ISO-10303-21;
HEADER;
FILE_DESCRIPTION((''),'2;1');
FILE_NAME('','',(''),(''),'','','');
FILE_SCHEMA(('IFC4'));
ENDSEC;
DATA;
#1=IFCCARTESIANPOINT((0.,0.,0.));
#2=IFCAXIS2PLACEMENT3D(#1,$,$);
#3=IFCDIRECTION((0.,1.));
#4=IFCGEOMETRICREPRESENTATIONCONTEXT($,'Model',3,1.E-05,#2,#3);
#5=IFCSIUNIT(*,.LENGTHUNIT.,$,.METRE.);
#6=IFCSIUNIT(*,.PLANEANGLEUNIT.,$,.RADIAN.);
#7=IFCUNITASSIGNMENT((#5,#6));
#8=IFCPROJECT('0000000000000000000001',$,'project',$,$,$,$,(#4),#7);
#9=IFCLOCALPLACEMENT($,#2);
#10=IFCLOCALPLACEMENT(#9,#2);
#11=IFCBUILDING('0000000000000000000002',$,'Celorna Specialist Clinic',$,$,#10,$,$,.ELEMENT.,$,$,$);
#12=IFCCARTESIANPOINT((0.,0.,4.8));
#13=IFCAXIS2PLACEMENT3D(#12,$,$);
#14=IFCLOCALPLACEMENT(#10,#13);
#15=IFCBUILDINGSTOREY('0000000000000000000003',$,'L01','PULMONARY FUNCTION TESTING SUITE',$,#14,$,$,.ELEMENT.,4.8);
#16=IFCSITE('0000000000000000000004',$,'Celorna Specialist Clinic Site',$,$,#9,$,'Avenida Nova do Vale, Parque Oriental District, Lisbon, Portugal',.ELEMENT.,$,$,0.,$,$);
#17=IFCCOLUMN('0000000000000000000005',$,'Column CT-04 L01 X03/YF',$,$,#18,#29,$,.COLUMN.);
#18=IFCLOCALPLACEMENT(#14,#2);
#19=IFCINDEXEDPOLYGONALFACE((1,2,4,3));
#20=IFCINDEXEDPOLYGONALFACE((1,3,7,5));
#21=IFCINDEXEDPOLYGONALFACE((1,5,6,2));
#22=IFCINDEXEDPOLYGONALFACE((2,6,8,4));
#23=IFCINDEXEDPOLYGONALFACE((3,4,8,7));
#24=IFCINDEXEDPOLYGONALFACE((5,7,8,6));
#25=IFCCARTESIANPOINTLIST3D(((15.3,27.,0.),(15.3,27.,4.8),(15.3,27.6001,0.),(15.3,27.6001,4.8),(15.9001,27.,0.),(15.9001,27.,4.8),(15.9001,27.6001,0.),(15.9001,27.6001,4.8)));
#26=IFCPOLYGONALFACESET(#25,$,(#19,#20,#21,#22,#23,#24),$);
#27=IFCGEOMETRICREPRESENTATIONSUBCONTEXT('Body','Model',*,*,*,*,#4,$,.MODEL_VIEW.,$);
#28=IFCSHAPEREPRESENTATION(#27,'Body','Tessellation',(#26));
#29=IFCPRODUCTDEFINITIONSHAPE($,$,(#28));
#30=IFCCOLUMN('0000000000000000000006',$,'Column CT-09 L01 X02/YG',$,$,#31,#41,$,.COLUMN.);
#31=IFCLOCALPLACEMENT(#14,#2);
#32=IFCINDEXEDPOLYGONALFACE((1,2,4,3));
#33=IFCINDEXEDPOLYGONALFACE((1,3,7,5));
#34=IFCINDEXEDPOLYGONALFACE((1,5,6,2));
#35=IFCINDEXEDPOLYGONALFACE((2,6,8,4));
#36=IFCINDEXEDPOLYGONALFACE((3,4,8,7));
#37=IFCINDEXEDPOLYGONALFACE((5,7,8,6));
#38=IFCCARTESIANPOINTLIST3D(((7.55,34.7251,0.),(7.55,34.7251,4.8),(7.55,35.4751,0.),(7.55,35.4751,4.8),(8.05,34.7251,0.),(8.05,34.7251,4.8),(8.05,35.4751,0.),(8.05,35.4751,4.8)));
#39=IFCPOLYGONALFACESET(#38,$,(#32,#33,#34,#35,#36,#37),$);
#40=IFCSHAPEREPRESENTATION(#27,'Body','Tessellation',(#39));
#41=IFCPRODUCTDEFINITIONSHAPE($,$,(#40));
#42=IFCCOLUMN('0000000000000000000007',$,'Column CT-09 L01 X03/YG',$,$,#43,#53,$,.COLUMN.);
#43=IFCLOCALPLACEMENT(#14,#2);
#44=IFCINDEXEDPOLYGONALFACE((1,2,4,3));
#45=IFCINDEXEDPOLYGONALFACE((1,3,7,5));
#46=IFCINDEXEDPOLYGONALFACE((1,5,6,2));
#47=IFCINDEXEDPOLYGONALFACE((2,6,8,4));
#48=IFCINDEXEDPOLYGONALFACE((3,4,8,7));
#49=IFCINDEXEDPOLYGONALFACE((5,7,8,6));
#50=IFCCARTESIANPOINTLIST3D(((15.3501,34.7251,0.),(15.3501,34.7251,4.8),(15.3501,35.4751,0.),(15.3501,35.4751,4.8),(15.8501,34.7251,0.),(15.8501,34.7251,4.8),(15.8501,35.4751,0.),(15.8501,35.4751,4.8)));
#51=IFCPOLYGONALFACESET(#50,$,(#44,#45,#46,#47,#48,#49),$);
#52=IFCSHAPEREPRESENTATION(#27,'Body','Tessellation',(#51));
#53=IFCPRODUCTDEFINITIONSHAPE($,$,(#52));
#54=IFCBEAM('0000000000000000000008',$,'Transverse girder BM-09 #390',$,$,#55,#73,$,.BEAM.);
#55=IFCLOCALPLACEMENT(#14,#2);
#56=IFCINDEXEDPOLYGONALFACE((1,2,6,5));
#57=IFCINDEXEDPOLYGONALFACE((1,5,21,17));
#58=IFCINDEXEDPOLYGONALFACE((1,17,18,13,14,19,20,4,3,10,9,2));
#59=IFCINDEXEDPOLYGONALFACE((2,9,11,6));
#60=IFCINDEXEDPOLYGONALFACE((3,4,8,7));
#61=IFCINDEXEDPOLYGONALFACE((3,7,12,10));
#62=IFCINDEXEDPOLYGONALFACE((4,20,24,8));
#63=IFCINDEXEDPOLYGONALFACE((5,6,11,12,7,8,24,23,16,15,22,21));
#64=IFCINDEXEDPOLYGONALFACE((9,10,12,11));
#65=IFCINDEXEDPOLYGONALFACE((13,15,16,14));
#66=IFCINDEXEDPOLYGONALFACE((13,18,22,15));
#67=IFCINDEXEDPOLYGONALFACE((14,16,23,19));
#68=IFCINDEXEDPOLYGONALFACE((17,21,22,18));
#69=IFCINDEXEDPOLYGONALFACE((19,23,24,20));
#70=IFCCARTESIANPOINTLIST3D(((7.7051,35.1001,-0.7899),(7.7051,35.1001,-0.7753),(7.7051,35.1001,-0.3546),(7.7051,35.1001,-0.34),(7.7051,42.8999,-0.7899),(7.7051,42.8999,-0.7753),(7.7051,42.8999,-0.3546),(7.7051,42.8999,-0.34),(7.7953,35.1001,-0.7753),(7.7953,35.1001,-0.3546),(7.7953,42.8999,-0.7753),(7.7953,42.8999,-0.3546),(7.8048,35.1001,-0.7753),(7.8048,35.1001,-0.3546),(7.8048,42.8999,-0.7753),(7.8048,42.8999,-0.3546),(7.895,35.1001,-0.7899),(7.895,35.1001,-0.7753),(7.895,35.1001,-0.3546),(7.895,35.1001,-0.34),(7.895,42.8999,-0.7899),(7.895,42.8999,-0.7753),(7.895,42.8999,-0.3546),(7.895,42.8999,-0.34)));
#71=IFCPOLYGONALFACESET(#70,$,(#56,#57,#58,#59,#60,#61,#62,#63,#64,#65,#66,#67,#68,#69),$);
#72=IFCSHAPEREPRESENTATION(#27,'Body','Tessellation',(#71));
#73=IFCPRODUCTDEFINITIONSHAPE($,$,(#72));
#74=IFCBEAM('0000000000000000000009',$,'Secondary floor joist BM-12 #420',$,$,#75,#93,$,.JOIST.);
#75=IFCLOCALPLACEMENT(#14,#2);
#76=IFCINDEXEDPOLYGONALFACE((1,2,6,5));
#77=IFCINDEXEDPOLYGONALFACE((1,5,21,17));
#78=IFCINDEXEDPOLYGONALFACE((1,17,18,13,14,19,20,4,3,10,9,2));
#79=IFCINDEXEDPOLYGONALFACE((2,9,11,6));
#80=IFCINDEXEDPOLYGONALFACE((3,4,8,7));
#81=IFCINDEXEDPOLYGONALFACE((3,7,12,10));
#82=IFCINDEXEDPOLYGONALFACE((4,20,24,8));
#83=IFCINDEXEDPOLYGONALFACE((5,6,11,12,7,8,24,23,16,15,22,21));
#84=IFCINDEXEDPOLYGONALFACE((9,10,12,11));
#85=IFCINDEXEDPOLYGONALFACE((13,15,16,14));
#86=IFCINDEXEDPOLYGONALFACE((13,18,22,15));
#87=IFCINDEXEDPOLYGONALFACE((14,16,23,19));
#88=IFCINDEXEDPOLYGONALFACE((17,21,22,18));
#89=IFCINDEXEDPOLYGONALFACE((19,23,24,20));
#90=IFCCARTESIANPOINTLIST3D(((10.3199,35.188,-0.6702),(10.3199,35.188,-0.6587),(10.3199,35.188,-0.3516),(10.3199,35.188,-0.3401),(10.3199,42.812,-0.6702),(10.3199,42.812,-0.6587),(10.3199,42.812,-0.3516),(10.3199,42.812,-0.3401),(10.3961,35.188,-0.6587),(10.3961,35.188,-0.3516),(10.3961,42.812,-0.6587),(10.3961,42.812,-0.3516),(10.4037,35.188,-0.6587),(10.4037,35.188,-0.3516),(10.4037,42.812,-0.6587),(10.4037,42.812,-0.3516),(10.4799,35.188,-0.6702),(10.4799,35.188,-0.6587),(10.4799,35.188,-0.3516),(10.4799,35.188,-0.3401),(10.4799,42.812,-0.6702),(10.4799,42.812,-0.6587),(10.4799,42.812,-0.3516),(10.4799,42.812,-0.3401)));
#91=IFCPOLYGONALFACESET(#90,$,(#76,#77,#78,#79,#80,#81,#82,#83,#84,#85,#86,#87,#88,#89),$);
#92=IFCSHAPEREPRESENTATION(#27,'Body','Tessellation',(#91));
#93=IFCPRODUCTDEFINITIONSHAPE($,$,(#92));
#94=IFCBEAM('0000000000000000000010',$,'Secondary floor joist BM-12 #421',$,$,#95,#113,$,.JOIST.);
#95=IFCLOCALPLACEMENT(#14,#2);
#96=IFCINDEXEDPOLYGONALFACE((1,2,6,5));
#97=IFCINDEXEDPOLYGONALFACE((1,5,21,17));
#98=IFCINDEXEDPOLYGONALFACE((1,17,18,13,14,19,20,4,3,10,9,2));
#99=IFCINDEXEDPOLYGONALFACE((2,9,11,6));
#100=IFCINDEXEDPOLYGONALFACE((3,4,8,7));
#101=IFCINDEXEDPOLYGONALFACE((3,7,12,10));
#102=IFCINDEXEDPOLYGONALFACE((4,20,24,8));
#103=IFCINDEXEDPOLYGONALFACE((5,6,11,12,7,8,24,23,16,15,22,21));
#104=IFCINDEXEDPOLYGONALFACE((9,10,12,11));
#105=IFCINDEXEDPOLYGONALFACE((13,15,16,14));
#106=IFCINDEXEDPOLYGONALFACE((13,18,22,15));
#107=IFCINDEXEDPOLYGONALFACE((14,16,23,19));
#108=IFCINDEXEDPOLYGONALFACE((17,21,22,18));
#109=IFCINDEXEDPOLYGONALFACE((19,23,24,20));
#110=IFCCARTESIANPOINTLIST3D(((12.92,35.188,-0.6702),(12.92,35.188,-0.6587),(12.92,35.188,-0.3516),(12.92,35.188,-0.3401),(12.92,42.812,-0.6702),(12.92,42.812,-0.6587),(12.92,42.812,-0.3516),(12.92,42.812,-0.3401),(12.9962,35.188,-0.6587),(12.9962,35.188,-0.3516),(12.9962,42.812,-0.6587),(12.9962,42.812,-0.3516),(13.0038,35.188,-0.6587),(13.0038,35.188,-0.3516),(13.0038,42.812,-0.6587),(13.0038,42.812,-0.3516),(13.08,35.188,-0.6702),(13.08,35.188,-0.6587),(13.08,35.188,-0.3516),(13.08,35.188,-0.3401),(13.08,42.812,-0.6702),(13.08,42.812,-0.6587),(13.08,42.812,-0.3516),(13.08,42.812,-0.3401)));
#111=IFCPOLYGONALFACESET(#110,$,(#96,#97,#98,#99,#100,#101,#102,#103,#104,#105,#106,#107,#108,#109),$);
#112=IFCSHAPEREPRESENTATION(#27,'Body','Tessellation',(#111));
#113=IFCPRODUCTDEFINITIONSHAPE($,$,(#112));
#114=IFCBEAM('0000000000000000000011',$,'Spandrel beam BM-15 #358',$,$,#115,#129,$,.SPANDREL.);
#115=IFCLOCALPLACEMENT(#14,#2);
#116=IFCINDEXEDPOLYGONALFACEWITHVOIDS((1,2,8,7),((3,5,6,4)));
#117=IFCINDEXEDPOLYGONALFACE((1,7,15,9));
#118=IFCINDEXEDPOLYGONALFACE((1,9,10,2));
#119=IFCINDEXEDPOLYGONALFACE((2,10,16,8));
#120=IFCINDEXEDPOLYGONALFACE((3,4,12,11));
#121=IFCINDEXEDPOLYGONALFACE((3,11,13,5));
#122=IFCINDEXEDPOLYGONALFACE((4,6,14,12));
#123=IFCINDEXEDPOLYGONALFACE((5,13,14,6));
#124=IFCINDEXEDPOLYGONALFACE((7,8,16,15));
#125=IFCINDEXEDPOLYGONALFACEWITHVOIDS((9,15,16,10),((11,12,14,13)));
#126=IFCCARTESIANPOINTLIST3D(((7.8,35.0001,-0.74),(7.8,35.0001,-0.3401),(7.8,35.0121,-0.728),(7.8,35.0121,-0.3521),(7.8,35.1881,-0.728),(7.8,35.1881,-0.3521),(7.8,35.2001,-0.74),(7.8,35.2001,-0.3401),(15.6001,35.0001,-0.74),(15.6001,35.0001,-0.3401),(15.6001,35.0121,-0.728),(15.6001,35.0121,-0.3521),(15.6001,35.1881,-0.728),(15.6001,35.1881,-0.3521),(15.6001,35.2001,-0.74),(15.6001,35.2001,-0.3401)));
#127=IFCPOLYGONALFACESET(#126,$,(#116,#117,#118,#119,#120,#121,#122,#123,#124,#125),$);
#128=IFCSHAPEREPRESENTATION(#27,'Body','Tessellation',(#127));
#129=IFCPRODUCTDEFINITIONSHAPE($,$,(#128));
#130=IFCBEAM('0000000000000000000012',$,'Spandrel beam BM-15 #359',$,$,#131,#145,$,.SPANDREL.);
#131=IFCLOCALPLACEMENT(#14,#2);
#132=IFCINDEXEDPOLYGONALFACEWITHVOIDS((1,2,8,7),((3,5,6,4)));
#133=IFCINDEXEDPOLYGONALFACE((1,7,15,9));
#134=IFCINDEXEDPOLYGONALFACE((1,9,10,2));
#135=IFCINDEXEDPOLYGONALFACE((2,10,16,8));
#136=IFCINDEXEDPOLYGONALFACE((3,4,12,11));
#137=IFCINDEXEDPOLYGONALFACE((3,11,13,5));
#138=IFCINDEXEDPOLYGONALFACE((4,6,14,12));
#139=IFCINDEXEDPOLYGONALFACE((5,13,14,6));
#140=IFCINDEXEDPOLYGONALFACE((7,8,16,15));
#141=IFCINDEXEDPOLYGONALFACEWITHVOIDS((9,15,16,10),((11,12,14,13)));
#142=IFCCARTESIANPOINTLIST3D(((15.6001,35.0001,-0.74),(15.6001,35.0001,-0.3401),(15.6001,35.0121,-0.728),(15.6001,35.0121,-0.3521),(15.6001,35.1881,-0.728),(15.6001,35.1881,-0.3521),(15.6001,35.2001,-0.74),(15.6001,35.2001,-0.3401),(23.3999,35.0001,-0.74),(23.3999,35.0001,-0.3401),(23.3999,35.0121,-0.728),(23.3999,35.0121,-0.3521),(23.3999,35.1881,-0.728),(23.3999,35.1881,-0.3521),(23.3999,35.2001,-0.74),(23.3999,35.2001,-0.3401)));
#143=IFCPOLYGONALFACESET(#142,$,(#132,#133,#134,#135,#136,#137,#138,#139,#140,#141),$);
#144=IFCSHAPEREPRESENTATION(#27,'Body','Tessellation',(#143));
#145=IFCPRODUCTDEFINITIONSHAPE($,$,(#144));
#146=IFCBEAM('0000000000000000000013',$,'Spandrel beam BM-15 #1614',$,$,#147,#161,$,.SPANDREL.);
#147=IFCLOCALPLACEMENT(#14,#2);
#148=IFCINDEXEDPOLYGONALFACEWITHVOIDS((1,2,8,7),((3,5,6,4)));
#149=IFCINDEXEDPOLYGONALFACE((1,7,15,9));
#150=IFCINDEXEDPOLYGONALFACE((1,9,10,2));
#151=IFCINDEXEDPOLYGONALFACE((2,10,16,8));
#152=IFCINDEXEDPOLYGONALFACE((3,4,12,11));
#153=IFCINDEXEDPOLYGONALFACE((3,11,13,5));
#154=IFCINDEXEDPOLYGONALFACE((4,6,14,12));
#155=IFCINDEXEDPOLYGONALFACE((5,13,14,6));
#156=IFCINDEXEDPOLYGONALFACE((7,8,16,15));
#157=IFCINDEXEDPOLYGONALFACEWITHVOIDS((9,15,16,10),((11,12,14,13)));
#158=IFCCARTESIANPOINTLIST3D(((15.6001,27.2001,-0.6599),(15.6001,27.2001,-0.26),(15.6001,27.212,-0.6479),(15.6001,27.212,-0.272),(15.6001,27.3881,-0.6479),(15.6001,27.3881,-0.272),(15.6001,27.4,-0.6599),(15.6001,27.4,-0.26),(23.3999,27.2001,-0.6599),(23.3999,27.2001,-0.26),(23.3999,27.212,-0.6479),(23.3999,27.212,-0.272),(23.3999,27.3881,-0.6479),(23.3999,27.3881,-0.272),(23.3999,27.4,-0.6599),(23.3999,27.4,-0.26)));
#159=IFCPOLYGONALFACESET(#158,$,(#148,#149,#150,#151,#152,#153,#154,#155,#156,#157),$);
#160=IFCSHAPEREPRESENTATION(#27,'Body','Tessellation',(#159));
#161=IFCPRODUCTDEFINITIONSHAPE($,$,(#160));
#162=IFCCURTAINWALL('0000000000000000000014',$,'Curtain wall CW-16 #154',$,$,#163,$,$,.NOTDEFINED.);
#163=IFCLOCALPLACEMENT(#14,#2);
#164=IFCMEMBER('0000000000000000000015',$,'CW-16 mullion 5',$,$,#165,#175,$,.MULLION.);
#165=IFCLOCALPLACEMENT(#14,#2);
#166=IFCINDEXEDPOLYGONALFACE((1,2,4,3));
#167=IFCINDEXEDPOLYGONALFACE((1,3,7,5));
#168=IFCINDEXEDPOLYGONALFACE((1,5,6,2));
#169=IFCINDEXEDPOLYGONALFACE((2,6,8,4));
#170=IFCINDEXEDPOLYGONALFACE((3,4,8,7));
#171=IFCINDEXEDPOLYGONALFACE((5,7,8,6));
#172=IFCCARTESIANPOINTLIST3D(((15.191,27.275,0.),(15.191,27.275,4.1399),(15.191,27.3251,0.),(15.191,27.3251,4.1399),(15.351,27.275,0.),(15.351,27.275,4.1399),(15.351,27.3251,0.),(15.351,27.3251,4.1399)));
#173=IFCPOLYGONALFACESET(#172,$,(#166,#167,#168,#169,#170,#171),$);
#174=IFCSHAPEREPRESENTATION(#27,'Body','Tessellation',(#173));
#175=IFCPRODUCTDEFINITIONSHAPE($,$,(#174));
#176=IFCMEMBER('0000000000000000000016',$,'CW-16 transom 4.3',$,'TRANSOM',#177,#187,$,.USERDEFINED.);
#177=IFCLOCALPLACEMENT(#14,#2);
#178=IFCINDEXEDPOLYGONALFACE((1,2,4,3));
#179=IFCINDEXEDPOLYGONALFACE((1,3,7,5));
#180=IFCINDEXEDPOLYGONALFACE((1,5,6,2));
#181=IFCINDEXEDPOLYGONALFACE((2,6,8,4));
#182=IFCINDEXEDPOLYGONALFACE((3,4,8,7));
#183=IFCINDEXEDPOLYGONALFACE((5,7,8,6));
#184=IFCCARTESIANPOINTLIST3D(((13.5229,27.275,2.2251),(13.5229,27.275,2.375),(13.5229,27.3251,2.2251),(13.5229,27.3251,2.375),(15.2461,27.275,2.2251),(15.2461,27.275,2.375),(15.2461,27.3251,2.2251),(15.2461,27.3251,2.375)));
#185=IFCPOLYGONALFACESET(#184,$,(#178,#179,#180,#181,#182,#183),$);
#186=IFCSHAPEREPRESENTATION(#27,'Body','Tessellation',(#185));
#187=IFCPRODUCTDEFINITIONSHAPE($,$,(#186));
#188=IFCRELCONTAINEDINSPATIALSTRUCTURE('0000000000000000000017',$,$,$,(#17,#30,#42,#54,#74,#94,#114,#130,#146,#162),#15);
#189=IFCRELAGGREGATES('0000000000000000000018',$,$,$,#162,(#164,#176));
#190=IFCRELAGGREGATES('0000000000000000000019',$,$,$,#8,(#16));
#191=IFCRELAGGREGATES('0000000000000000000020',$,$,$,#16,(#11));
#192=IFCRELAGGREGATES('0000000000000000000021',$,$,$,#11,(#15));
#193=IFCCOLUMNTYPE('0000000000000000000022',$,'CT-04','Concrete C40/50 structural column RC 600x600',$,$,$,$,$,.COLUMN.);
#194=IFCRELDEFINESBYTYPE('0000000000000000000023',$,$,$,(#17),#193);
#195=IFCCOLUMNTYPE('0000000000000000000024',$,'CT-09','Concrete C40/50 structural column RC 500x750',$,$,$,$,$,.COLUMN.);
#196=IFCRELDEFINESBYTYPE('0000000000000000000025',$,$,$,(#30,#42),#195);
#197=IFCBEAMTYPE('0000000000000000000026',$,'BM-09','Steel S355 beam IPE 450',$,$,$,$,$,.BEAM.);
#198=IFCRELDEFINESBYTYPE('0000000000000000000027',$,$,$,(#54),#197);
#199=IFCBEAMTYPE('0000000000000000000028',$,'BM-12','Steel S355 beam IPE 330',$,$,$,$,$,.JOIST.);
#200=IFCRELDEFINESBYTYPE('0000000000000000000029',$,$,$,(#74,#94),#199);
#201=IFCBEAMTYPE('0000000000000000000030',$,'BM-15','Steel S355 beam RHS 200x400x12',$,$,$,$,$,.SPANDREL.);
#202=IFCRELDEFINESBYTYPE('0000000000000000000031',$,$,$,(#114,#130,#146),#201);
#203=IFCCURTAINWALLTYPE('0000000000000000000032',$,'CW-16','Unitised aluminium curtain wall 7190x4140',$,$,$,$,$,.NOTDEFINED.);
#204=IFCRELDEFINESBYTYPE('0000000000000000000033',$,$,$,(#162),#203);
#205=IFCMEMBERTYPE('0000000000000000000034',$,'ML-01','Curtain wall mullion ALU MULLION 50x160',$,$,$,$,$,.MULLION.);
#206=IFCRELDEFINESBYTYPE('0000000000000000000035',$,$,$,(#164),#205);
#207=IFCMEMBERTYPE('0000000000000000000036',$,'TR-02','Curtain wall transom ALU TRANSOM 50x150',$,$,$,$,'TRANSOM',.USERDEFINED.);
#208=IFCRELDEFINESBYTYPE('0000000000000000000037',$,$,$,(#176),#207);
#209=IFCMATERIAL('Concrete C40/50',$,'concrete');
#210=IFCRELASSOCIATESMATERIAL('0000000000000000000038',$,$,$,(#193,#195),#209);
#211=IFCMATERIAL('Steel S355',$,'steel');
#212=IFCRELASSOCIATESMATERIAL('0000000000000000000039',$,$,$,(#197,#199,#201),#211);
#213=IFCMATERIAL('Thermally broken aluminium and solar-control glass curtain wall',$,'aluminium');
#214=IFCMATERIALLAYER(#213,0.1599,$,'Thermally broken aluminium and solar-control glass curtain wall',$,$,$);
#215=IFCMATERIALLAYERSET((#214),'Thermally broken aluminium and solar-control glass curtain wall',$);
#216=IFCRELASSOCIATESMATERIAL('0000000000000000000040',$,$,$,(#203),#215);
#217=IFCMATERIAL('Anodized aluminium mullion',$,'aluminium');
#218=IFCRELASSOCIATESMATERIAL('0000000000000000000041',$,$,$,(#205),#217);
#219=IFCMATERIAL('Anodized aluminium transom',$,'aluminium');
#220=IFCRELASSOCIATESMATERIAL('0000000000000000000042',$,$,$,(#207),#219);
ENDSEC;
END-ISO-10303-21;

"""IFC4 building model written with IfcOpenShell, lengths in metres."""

from ifc_helpers import new_model, si_unit, direction, frame, origin, origin_2d, place, context, subcontext, project, spatial, rectangle, hollow_rectangle, i_section, extrude, material, layer, layer_set, material_profile, profile_set, type_object, element, aggregate, save


model = new_model("IFC4")

# Units and contexts
model_context = context("Model", 3, precision=1e-05, world=origin(), true_north=direction((0.0, 1.0)))
body_context = subcontext(model_context, "Body", "Model", "MODEL_VIEW")
ifc_project = project(units=[si_unit("LENGTHUNIT", "METRE"), si_unit("PLANEANGLEUNIT", "RADIAN")], contexts=[model_context])

# Site, building, storey
site_placement = place(None, origin())
site = spatial("IfcSite", under=ifc_project, at=site_placement, Name="Celorna Specialist Clinic Site", LongName="Avenida Nova do Vale, Parque Oriental District, Lisbon, Portugal", CompositionType="ELEMENT", RefElevation=0.0)
building_placement = place(site_placement, origin())
building = spatial("IfcBuilding", under=site, at=building_placement, Name="Celorna Specialist Clinic", CompositionType="ELEMENT")
storey_placement = place(building_placement, frame((0.0, 0.0, 4.8)))
storey = spatial("IfcBuildingStorey", under=building, at=storey_placement, Name="L01", Description="PULMONARY FUNCTION TESTING SUITE", CompositionType="ELEMENT", Elevation=4.8)

# Columns
ifc_material_1 = material(Name="Concrete C40/50", Category="concrete")
ifc_material_profile_1 = material_profile(ifc_material_1, rectangle(XDim=0.6001, YDim=0.6001, at=origin_2d()), Name="RC 600x600")
ifc_profile_set_1 = profile_set([ifc_material_profile_1], Name="Concrete C40/50")
column_type_1 = type_object("IfcColumnType", Name="CT-04", Description="Concrete C40/50 structural column RC 600x600", PredefinedType="COLUMN", material=ifc_profile_set_1)
column_placement = place(storey_placement, frame((15.6001, 27.3, 0.0), z_axis=(0.0, 0.0, 1.0), x_axis=(1.0, 0.0, 0.0)))
element("IfcColumn", 1, at=column_placement, inside=storey, type_object=column_type_1, Name="Column CT-04 L01 X03/YF", PredefinedType="COLUMN", context=body_context, shape_type="SweptSolid", body=[
    extrude(rectangle(XDim=0.6001, YDim=0.6001, at=origin_2d()), origin(), (0.0, 0.0, 1.0), 4.8),
])
ifc_material_profile_2 = material_profile(ifc_material_1, rectangle(XDim=0.5, YDim=0.75, at=origin_2d()), Name="RC 500x750")
ifc_profile_set_2 = profile_set([ifc_material_profile_2], Name="Concrete C40/50")
column_type_2 = type_object("IfcColumnType", Name="CT-09", Description="Concrete C40/50 structural column RC 500x750", PredefinedType="COLUMN", material=ifc_profile_set_2)
for number, where, z_axis, x_axis, name in (
    (2, (7.8, 35.1001, 0.0), (0.0, 0.0, 1.0), (1.0, 0.0, 0.0), "Column CT-09 L01 X02/YG"),
    (3, (15.6001, 35.1001, 0.0), (0.0, 0.0, 1.0), (1.0, 0.0, 0.0), "Column CT-09 L01 X03/YG"),
):
    element("IfcColumn", number, at=place(storey_placement, frame(where, z_axis=z_axis, x_axis=x_axis)), inside=storey, type_object=column_type_2, Name=name, PredefinedType="COLUMN", context=body_context, shape_type="SweptSolid", body=[
        extrude(rectangle(XDim=0.5, YDim=0.75, at=origin_2d()), origin(), (0.0, 0.0, 1.0), 4.8),
    ])

# Beams
ifc_material_2 = material(Name="Steel S355", Category="steel")
ifc_material_profile_3 = material_profile(ifc_material_2, i_section(OverallWidth=0.1899, OverallDepth=0.45, WebThickness=0.0095, FlangeThickness=0.0146, at=origin_2d()), Name="IPE 450")
ifc_profile_set_3 = profile_set([ifc_material_profile_3], Name="Steel S355")
beam_type_1 = type_object("IfcBeamType", Name="BM-09", Description="Steel S355 beam IPE 450", PredefinedType="BEAM", material=ifc_profile_set_3)
beam_1_placement = place(storey_placement, frame((7.8, 35.1001, -0.5649), z_axis=(0.0, 1.0, 0.0), x_axis=(-1.0, 0.0, 0.0)))
element("IfcBeam", 4, at=beam_1_placement, inside=storey, type_object=beam_type_1, Name="Transverse girder BM-09 #390", PredefinedType="BEAM", context=body_context, shape_type="SweptSolid", body=[
    extrude(i_section(OverallWidth=0.1899, OverallDepth=0.45, WebThickness=0.0095, FlangeThickness=0.0146, at=origin_2d()), origin(), (0.0, 0.0, 1.0), 7.7998),
])
ifc_material_profile_4 = material_profile(ifc_material_2, i_section(OverallWidth=0.1599, OverallDepth=0.3301, WebThickness=0.0076, FlangeThickness=0.0115, at=origin_2d()), Name="IPE 330")
ifc_profile_set_4 = profile_set([ifc_material_profile_4], Name="Steel S355")
beam_type_2 = type_object("IfcBeamType", Name="BM-12", Description="Steel S355 beam IPE 330", PredefinedType="JOIST", material=ifc_profile_set_4)
for number, where, z_axis, x_axis, name in (
    (5, (10.3999, 35.188, -0.5051), (0.0, 1.0, 0.0), (-1.0, 0.0, 0.0), "Secondary floor joist BM-12 #420"),
    (6, (13.0, 35.188, -0.5051), (0.0, 1.0, 0.0), (-1.0, 0.0, 0.0), "Secondary floor joist BM-12 #421"),
):
    element("IfcBeam", number, at=place(storey_placement, frame(where, z_axis=z_axis, x_axis=x_axis)), inside=storey, type_object=beam_type_2, Name=name, PredefinedType="JOIST", context=body_context, shape_type="SweptSolid", body=[
        extrude(i_section(OverallWidth=0.1599, OverallDepth=0.3301, WebThickness=0.0076, FlangeThickness=0.0115, at=origin_2d()), origin(), (0.0, 0.0, 1.0), 7.624),
    ])
ifc_material_profile_5 = material_profile(ifc_material_2, hollow_rectangle(XDim=0.2, YDim=0.3999, WallThickness=0.012, at=origin_2d()), Name="RHS 200x400x12")
ifc_profile_set_5 = profile_set([ifc_material_profile_5], Name="Steel S355")
beam_type_3 = type_object("IfcBeamType", Name="BM-15", Description="Steel S355 beam RHS 200x400x12", PredefinedType="SPANDREL", material=ifc_profile_set_5)
beam_2_placement = place(storey_placement, frame((7.8, 35.1001, -0.54), z_axis=(1.0, 0.0, 0.0), x_axis=(0.0, 1.0, 0.0)))
element("IfcBeam", 7, at=beam_2_placement, inside=storey, type_object=beam_type_3, Name="Spandrel beam BM-15 #358", PredefinedType="SPANDREL", context=body_context, shape_type="SweptSolid", body=[
    extrude(hollow_rectangle(XDim=0.2, YDim=0.3999, WallThickness=0.012, at=origin_2d()), origin(), (0.0, 0.0, 1.0), 7.8),
])
for number, where, z_axis, x_axis, name in (
    (8, (15.6001, 35.1001, -0.54), (1.0, 0.0, 0.0), (0.0, 1.0, 0.0), "Spandrel beam BM-15 #359"),
    (9, (15.6001, 27.3, -0.46), (1.0, 0.0, 0.0), (0.0, 1.0, 0.0), "Spandrel beam BM-15 #1614"),
):
    element("IfcBeam", number, at=place(storey_placement, frame(where, z_axis=z_axis, x_axis=x_axis)), inside=storey, type_object=beam_type_3, Name=name, PredefinedType="SPANDREL", context=body_context, shape_type="SweptSolid", body=[
        extrude(hollow_rectangle(XDim=0.2, YDim=0.3999, WallThickness=0.012, at=origin_2d()), origin(), (0.0, 0.0, 1.0), 7.7998),
    ])

# Curtain wall, members
ifc_material_3 = material(Name="Thermally broken aluminium and solar-control glass curtain wall", Category="aluminium")
ifc_layer_1 = layer(ifc_material_3, 0.1599, Name="Thermally broken aluminium and solar-control glass curtain wall")
ifc_layer_set_1 = layer_set([ifc_layer_1], Name="Thermally broken aluminium and solar-control glass curtain wall")
curtain_wall_type = type_object("IfcCurtainWallType", Name="CW-16", Description="Unitised aluminium curtain wall 7190x4140", PredefinedType="NOTDEFINED", material=ifc_layer_set_1)
curtain_wall_placement = place(storey_placement, origin())
curtain_wall = element("IfcCurtainWall", 10, at=curtain_wall_placement, inside=storey, type_object=curtain_wall_type, Name="Curtain wall CW-16 #154", PredefinedType="NOTDEFINED")
ifc_material_4 = material(Name="Anodized aluminium mullion", Category="aluminium")
ifc_material_profile_6 = material_profile(ifc_material_4, rectangle(XDim=0.05, YDim=0.1599, at=origin_2d()), Name="ALU MULLION 50x160")
ifc_profile_set_6 = profile_set([ifc_material_profile_6], Name="Anodized aluminium mullion")
member_type_1 = type_object("IfcMemberType", Name="ML-01", Description="Curtain wall mullion ALU MULLION 50x160", PredefinedType="MULLION", material=ifc_profile_set_6)
member_1_placement = place(storey_placement, frame((15.271, 27.3, 0.0), z_axis=(0.0, 0.0, 1.0), x_axis=(0.0, 1.0, 0.0)))
member_1 = element("IfcMember", 11, at=member_1_placement, type_object=member_type_1, Name="CW-16 mullion 5", PredefinedType="MULLION", context=body_context, shape_type="SweptSolid", body=[
    extrude(rectangle(XDim=0.05, YDim=0.1599, at=origin_2d()), origin(), (0.0, 0.0, 1.0), 4.1399),
])
ifc_material_5 = material(Name="Anodized aluminium transom", Category="aluminium")
ifc_material_profile_7 = material_profile(ifc_material_5, rectangle(XDim=0.05, YDim=0.1499, at=origin_2d()), Name="ALU TRANSOM 50x150")
ifc_profile_set_7 = profile_set([ifc_material_profile_7], Name="Anodized aluminium transom")
member_type_2 = type_object("IfcMemberType", Name="TR-02", Description="Curtain wall transom ALU TRANSOM 50x150", ElementType="TRANSOM", PredefinedType="USERDEFINED", material=ifc_profile_set_7)
member_2_placement = place(storey_placement, frame((13.5229, 27.3, 2.3), z_axis=(1.0, 0.0, 0.0), x_axis=(0.0, 1.0, 0.0)))
member_2 = element("IfcMember", 12, at=member_2_placement, type_object=member_type_2, Name="CW-16 transom 4.3", ObjectType="TRANSOM", PredefinedType="USERDEFINED", context=body_context, shape_type="SweptSolid", body=[
    extrude(rectangle(XDim=0.05, YDim=0.1499, at=origin_2d()), origin(), (0.0, 0.0, 1.0), 1.7231),
])
aggregate(curtain_wall, [member_1, member_2])

save(model, "model.ifc")
